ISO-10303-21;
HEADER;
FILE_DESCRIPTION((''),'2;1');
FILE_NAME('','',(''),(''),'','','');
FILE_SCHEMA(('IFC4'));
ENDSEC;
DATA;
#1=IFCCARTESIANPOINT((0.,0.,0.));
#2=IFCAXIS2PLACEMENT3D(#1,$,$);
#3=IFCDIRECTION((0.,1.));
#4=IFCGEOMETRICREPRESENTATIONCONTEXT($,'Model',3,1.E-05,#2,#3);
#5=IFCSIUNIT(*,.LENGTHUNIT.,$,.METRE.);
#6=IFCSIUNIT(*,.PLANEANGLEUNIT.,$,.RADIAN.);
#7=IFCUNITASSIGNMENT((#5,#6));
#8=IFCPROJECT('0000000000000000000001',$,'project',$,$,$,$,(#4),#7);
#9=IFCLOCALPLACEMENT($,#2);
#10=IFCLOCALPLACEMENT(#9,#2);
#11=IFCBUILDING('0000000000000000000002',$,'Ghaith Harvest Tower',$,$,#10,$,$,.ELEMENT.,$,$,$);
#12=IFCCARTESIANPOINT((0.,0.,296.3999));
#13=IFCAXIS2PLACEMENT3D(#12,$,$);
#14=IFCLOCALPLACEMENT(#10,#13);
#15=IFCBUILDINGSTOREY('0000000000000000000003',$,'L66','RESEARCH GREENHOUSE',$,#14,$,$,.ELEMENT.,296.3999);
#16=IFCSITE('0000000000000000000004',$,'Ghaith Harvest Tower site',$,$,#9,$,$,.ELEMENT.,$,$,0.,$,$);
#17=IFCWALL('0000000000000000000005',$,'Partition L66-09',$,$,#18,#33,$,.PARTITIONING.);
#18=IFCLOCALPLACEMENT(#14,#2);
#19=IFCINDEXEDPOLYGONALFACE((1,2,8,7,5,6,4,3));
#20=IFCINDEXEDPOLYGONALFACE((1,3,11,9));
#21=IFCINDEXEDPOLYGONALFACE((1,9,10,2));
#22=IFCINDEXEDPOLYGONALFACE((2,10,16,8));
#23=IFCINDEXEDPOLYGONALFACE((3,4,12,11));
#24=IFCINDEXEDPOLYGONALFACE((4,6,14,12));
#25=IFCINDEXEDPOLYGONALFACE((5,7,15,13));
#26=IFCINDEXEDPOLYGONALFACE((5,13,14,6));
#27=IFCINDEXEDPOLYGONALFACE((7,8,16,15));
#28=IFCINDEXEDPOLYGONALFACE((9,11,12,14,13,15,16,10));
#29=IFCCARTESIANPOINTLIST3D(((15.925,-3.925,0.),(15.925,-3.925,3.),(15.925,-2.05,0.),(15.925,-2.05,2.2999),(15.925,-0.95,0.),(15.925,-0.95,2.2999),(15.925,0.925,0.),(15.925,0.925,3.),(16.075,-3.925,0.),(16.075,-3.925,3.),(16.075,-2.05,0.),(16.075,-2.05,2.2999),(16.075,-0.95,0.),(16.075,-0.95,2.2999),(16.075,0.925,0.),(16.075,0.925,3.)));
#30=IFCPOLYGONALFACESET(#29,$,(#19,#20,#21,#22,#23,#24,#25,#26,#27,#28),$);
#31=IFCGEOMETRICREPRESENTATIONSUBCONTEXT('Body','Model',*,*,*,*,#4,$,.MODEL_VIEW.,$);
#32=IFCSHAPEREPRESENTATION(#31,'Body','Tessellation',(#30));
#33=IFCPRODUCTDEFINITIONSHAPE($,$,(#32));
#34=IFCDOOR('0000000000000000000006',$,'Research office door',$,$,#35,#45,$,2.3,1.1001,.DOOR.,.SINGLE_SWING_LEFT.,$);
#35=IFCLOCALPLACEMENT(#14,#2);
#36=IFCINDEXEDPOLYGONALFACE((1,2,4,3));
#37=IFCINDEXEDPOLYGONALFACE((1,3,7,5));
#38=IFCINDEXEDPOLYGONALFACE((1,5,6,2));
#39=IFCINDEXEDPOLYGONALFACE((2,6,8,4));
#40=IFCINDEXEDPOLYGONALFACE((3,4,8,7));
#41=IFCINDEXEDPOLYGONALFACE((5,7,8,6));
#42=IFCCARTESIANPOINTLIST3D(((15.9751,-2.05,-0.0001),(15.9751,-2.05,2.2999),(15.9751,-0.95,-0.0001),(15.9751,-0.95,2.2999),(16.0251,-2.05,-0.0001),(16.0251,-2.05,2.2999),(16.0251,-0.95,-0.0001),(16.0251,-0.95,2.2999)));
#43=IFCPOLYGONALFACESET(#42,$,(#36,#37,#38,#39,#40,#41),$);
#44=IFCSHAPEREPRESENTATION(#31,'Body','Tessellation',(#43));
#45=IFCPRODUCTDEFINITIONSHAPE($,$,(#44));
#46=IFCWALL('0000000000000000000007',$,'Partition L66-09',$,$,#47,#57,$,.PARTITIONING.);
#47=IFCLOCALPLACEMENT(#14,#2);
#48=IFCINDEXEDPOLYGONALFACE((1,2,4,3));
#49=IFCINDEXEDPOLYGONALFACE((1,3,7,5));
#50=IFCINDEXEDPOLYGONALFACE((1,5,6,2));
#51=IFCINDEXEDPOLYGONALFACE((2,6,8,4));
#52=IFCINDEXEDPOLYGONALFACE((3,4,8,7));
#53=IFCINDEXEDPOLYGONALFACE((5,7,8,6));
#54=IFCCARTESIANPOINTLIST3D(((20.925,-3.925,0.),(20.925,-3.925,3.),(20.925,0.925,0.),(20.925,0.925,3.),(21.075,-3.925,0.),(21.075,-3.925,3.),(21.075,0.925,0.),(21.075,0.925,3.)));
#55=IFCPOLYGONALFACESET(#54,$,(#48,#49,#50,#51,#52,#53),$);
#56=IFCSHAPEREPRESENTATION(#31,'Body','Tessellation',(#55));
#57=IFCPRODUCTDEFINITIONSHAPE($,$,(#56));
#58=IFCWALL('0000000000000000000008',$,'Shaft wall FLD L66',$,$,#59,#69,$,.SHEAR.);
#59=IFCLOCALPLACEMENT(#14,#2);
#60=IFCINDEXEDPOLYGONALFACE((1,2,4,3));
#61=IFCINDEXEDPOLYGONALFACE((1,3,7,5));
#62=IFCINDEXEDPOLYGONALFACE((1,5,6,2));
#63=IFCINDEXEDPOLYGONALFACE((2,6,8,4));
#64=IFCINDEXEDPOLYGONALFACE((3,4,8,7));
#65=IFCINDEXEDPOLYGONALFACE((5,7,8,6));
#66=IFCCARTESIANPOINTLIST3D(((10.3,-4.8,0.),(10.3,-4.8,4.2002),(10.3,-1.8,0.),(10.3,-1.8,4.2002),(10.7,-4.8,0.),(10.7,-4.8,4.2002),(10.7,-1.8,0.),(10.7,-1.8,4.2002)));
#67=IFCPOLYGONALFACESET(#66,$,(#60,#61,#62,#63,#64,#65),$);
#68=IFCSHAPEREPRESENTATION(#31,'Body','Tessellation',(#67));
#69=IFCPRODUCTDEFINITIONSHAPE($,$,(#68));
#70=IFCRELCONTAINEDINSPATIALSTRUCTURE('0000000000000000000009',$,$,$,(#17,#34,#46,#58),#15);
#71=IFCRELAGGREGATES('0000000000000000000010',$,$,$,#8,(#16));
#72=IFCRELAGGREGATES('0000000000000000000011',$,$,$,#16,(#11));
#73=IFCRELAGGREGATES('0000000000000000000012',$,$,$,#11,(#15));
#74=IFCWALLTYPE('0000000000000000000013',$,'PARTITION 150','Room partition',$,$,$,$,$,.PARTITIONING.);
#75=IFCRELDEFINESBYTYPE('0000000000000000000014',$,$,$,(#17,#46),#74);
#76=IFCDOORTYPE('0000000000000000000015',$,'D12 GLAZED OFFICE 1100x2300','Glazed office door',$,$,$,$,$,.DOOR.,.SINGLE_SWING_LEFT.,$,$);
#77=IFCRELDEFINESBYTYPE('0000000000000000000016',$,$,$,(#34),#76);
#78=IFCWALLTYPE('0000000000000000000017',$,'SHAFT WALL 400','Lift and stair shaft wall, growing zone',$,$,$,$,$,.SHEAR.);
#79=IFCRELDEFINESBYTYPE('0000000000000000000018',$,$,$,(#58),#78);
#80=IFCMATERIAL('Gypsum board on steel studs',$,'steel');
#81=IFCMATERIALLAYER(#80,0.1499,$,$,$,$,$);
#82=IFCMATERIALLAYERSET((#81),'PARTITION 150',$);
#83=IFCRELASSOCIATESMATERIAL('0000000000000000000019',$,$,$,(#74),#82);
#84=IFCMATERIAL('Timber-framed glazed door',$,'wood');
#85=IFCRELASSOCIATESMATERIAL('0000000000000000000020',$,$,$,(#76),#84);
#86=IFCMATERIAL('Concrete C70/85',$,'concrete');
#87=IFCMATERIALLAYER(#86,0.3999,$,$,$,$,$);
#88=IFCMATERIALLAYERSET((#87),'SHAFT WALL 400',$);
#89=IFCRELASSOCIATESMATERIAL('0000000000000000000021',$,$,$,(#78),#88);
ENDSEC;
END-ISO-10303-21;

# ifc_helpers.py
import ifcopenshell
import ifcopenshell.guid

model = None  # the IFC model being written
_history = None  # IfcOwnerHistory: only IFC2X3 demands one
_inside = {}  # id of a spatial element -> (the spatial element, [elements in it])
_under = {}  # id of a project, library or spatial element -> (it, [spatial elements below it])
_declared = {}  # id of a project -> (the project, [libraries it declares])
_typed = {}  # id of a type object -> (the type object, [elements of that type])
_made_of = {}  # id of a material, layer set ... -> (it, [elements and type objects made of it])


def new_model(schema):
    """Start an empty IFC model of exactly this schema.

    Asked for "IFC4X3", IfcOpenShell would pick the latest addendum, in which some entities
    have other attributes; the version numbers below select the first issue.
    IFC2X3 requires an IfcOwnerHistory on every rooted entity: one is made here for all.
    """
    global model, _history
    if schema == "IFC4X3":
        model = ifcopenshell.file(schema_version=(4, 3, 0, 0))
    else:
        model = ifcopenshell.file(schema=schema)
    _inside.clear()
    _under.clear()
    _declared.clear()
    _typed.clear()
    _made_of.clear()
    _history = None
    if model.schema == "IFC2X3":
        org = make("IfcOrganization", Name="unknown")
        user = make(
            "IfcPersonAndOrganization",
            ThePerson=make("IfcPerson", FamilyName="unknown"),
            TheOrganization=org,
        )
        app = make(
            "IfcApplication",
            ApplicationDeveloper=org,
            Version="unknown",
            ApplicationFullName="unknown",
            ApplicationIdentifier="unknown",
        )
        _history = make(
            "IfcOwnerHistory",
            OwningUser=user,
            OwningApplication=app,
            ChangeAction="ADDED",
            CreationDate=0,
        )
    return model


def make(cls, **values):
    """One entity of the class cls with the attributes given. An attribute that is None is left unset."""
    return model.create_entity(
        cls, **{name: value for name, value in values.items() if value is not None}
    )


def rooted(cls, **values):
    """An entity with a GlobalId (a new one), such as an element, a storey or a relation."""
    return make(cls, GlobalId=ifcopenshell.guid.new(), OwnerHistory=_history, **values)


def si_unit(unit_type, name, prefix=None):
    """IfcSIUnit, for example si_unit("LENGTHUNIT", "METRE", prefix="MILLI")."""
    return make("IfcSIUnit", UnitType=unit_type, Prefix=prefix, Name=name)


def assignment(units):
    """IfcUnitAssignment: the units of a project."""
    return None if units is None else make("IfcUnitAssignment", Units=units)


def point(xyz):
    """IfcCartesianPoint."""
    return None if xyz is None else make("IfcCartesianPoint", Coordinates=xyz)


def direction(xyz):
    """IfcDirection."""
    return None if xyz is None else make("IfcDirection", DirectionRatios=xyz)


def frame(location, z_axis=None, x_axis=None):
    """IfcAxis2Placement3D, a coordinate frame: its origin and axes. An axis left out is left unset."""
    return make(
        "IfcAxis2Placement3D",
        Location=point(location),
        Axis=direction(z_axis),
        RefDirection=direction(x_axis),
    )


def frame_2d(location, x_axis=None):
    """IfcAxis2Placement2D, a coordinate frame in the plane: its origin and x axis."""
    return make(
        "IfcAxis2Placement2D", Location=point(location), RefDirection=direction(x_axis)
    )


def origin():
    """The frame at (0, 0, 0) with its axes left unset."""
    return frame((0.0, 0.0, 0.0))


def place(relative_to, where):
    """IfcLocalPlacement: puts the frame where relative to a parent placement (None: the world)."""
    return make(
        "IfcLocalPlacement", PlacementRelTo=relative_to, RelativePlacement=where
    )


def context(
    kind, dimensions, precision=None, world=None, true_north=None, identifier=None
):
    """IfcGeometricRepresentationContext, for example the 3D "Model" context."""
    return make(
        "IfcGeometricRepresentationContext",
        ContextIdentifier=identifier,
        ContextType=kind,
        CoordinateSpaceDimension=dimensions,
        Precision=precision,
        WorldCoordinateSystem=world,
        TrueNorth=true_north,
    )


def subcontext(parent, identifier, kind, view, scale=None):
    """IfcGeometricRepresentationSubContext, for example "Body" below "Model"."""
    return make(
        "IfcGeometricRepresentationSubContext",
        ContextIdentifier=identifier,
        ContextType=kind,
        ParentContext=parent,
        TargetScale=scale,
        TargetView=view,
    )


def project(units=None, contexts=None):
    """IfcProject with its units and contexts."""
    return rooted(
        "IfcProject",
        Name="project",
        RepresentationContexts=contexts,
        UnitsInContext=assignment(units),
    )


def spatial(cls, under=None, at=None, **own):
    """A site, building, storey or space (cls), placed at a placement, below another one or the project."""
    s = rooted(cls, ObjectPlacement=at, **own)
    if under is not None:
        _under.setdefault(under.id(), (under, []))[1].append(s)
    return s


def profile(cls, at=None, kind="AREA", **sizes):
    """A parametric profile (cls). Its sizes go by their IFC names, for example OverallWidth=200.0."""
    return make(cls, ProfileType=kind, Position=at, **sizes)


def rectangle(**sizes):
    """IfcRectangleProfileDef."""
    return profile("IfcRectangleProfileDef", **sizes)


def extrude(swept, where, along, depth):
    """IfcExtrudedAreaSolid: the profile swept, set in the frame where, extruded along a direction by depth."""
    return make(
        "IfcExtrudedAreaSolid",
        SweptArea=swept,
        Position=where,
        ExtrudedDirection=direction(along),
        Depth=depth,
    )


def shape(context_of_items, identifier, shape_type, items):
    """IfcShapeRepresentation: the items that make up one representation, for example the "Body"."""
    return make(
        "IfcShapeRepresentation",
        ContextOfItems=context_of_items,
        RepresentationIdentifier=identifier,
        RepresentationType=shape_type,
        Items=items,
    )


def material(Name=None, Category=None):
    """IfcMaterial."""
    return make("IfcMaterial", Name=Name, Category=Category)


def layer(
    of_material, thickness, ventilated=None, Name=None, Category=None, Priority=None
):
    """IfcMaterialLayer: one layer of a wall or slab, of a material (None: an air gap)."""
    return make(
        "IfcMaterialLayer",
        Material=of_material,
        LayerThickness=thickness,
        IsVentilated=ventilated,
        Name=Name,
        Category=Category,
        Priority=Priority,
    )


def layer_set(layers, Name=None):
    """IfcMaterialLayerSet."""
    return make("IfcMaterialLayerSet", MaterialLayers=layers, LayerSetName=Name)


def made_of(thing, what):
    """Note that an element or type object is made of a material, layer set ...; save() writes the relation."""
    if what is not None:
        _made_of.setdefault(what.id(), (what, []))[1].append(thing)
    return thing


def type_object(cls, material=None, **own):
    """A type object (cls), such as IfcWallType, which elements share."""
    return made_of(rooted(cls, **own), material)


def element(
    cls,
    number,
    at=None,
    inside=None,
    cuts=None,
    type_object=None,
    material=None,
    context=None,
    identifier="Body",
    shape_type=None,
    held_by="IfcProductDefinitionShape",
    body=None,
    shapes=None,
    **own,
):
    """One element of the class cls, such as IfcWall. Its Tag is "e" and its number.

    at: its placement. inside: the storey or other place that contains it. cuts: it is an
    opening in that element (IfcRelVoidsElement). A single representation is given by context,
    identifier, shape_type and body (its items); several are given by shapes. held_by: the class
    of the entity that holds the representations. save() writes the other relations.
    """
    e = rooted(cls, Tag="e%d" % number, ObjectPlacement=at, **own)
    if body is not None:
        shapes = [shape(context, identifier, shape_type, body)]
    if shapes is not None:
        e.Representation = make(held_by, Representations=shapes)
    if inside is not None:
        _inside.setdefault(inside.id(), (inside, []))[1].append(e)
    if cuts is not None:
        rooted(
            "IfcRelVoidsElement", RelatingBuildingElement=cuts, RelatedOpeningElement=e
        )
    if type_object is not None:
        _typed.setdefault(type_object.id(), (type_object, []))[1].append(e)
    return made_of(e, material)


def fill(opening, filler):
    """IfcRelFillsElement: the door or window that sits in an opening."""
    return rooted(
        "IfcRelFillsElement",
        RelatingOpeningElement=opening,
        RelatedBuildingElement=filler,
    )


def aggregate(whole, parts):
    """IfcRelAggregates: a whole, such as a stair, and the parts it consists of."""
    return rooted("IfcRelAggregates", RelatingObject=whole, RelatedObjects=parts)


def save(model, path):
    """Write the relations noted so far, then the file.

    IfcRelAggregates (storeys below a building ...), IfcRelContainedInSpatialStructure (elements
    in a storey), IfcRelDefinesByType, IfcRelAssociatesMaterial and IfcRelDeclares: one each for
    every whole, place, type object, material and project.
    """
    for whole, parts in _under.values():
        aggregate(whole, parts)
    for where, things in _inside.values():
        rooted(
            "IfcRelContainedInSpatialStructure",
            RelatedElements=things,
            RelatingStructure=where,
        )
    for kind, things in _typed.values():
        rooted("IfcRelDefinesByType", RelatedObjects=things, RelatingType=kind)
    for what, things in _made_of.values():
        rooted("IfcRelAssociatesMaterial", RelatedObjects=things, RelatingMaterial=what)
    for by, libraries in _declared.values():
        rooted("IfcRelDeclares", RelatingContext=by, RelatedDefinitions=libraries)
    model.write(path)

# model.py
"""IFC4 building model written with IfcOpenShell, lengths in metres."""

from ifc_helpers import new_model, si_unit, direction, frame, frame_2d, origin, place, context, subcontext, project, spatial, rectangle, extrude, material, layer, layer_set, type_object, element, fill, save


model = new_model("IFC4")

# Units and contexts
model_context = context("Model", 3, precision=1e-05, world=origin(), true_north=direction((0.0, 1.0)))
body_context = subcontext(model_context, "Body", "Model", "MODEL_VIEW")
ifc_project = project(units=[si_unit("LENGTHUNIT", "METRE"), si_unit("PLANEANGLEUNIT", "RADIAN")], contexts=[model_context])

# Site, building, storey
site_placement = place(None, origin())
site = spatial("IfcSite", under=ifc_project, at=site_placement, Name="Ghaith Harvest Tower site", CompositionType="ELEMENT", RefElevation=0.0)
building_placement = place(site_placement, origin())
building = spatial("IfcBuilding", under=site, at=building_placement, Name="Ghaith Harvest Tower", CompositionType="ELEMENT")
storey_placement = place(building_placement, frame((0.0, 0.0, 296.3999)))
storey = spatial("IfcBuildingStorey", under=building, at=storey_placement, Name="L66", Description="RESEARCH GREENHOUSE", CompositionType="ELEMENT", Elevation=296.3999)

# Shared definitions
ifc_material_1 = material(Name="Gypsum board on steel studs", Category="steel")
ifc_layer_1 = layer(ifc_material_1, 0.1499)
ifc_layer_set_1 = layer_set([ifc_layer_1], Name="PARTITION 150")
wall_type_1 = type_object("IfcWallType", Name="PARTITION 150", Description="Room partition", PredefinedType="PARTITIONING", material=ifc_layer_set_1)

# Wall, opening, door
wall_1_placement = place(storey_placement, frame((16.0, -3.925, 0.0), z_axis=(0.0, 0.0, 1.0), x_axis=(0.0, 1.0, 0.0)))
wall_1 = element("IfcWall", 1, at=wall_1_placement, inside=storey, type_object=wall_type_1, Name="Partition L66-09", PredefinedType="PARTITIONING", context=body_context, shape_type="SweptSolid", body=[
    extrude(rectangle(XDim=4.8501, YDim=0.1499, at=frame_2d((2.425, 0.0))), origin(), (0.0, 0.0, 1.0), 3.0),
])
opening_1_placement = place(wall_1_placement, frame((1.875, 0.0, 0.0)))
opening_1 = element("IfcOpeningElement", 2, at=opening_1_placement, cuts=wall_1, PredefinedType="OPENING", context=body_context, shape_type="SweptSolid", body=[
    extrude(rectangle(XDim=1.1001, YDim=2.3, at=frame_2d((0.55, 1.1499))), frame((0.0, 0.085, 0.0), z_axis=(0.0, -1.0, 0.0), x_axis=(1.0, 0.0, 0.0)), (0.0, 0.0, 1.0), 0.1699),
])
ifc_material_2 = material(Name="Timber-framed glazed door", Category="wood")
door_type_1 = type_object("IfcDoorType", Name="D12 GLAZED OFFICE 1100x2300", Description="Glazed office door", OperationType="SINGLE_SWING_LEFT", PredefinedType="DOOR", material=ifc_material_2)
door_1_placement = place(opening_1_placement, origin())
door_1 = element("IfcDoor", 3, at=door_1_placement, inside=storey, type_object=door_type_1, Name="Research office door", OperationType="SINGLE_SWING_LEFT", OverallHeight=2.3, OverallWidth=1.1001, PredefinedType="DOOR", context=body_context, shape_type="SweptSolid", body=[
    extrude(rectangle(XDim=1.1001, YDim=2.3, at=frame_2d((0.55, 1.1499))), frame((0.0, 0.0249, 0.0), z_axis=(0.0, -1.0, 0.0), x_axis=(1.0, 0.0, 0.0)), (0.0, 0.0, 1.0), 0.05),
])
fill(opening_1, door_1)

# Walls
wall_2_placement = place(storey_placement, frame((21.0, -3.925, 0.0), z_axis=(0.0, 0.0, 1.0), x_axis=(0.0, 1.0, 0.0)))
element("IfcWall", 4, at=wall_2_placement, inside=storey, type_object=wall_type_1, Name="Partition L66-09", PredefinedType="PARTITIONING", context=body_context, shape_type="SweptSolid", body=[
    extrude(rectangle(XDim=4.8501, YDim=0.1499, at=frame_2d((2.425, 0.0))), origin(), (0.0, 0.0, 1.0), 3.0),
])
ifc_material_3 = material(Name="Concrete C70/85", Category="concrete")
ifc_layer_2 = layer(ifc_material_3, 0.3999)
ifc_layer_set_2 = layer_set([ifc_layer_2], Name="SHAFT WALL 400")
wall_type_2 = type_object("IfcWallType", Name="SHAFT WALL 400", Description="Lift and stair shaft wall, growing zone", PredefinedType="SHEAR", material=ifc_layer_set_2)
wall_3_placement = place(storey_placement, frame((10.5, -4.8, 0.0), z_axis=(0.0, 0.0, 1.0), x_axis=(0.0, 1.0, 0.0)))
element("IfcWall", 5, at=wall_3_placement, inside=storey, type_object=wall_type_2, Name="Shaft wall FLD L66", PredefinedType="SHEAR", context=body_context, shape_type="SweptSolid", body=[
    extrude(rectangle(XDim=3.0, YDim=0.3999, at=frame_2d((1.5, 0.0))), origin(), (0.0, 0.0, 1.0), 4.2002),
])

save(model, "model.ifc")
